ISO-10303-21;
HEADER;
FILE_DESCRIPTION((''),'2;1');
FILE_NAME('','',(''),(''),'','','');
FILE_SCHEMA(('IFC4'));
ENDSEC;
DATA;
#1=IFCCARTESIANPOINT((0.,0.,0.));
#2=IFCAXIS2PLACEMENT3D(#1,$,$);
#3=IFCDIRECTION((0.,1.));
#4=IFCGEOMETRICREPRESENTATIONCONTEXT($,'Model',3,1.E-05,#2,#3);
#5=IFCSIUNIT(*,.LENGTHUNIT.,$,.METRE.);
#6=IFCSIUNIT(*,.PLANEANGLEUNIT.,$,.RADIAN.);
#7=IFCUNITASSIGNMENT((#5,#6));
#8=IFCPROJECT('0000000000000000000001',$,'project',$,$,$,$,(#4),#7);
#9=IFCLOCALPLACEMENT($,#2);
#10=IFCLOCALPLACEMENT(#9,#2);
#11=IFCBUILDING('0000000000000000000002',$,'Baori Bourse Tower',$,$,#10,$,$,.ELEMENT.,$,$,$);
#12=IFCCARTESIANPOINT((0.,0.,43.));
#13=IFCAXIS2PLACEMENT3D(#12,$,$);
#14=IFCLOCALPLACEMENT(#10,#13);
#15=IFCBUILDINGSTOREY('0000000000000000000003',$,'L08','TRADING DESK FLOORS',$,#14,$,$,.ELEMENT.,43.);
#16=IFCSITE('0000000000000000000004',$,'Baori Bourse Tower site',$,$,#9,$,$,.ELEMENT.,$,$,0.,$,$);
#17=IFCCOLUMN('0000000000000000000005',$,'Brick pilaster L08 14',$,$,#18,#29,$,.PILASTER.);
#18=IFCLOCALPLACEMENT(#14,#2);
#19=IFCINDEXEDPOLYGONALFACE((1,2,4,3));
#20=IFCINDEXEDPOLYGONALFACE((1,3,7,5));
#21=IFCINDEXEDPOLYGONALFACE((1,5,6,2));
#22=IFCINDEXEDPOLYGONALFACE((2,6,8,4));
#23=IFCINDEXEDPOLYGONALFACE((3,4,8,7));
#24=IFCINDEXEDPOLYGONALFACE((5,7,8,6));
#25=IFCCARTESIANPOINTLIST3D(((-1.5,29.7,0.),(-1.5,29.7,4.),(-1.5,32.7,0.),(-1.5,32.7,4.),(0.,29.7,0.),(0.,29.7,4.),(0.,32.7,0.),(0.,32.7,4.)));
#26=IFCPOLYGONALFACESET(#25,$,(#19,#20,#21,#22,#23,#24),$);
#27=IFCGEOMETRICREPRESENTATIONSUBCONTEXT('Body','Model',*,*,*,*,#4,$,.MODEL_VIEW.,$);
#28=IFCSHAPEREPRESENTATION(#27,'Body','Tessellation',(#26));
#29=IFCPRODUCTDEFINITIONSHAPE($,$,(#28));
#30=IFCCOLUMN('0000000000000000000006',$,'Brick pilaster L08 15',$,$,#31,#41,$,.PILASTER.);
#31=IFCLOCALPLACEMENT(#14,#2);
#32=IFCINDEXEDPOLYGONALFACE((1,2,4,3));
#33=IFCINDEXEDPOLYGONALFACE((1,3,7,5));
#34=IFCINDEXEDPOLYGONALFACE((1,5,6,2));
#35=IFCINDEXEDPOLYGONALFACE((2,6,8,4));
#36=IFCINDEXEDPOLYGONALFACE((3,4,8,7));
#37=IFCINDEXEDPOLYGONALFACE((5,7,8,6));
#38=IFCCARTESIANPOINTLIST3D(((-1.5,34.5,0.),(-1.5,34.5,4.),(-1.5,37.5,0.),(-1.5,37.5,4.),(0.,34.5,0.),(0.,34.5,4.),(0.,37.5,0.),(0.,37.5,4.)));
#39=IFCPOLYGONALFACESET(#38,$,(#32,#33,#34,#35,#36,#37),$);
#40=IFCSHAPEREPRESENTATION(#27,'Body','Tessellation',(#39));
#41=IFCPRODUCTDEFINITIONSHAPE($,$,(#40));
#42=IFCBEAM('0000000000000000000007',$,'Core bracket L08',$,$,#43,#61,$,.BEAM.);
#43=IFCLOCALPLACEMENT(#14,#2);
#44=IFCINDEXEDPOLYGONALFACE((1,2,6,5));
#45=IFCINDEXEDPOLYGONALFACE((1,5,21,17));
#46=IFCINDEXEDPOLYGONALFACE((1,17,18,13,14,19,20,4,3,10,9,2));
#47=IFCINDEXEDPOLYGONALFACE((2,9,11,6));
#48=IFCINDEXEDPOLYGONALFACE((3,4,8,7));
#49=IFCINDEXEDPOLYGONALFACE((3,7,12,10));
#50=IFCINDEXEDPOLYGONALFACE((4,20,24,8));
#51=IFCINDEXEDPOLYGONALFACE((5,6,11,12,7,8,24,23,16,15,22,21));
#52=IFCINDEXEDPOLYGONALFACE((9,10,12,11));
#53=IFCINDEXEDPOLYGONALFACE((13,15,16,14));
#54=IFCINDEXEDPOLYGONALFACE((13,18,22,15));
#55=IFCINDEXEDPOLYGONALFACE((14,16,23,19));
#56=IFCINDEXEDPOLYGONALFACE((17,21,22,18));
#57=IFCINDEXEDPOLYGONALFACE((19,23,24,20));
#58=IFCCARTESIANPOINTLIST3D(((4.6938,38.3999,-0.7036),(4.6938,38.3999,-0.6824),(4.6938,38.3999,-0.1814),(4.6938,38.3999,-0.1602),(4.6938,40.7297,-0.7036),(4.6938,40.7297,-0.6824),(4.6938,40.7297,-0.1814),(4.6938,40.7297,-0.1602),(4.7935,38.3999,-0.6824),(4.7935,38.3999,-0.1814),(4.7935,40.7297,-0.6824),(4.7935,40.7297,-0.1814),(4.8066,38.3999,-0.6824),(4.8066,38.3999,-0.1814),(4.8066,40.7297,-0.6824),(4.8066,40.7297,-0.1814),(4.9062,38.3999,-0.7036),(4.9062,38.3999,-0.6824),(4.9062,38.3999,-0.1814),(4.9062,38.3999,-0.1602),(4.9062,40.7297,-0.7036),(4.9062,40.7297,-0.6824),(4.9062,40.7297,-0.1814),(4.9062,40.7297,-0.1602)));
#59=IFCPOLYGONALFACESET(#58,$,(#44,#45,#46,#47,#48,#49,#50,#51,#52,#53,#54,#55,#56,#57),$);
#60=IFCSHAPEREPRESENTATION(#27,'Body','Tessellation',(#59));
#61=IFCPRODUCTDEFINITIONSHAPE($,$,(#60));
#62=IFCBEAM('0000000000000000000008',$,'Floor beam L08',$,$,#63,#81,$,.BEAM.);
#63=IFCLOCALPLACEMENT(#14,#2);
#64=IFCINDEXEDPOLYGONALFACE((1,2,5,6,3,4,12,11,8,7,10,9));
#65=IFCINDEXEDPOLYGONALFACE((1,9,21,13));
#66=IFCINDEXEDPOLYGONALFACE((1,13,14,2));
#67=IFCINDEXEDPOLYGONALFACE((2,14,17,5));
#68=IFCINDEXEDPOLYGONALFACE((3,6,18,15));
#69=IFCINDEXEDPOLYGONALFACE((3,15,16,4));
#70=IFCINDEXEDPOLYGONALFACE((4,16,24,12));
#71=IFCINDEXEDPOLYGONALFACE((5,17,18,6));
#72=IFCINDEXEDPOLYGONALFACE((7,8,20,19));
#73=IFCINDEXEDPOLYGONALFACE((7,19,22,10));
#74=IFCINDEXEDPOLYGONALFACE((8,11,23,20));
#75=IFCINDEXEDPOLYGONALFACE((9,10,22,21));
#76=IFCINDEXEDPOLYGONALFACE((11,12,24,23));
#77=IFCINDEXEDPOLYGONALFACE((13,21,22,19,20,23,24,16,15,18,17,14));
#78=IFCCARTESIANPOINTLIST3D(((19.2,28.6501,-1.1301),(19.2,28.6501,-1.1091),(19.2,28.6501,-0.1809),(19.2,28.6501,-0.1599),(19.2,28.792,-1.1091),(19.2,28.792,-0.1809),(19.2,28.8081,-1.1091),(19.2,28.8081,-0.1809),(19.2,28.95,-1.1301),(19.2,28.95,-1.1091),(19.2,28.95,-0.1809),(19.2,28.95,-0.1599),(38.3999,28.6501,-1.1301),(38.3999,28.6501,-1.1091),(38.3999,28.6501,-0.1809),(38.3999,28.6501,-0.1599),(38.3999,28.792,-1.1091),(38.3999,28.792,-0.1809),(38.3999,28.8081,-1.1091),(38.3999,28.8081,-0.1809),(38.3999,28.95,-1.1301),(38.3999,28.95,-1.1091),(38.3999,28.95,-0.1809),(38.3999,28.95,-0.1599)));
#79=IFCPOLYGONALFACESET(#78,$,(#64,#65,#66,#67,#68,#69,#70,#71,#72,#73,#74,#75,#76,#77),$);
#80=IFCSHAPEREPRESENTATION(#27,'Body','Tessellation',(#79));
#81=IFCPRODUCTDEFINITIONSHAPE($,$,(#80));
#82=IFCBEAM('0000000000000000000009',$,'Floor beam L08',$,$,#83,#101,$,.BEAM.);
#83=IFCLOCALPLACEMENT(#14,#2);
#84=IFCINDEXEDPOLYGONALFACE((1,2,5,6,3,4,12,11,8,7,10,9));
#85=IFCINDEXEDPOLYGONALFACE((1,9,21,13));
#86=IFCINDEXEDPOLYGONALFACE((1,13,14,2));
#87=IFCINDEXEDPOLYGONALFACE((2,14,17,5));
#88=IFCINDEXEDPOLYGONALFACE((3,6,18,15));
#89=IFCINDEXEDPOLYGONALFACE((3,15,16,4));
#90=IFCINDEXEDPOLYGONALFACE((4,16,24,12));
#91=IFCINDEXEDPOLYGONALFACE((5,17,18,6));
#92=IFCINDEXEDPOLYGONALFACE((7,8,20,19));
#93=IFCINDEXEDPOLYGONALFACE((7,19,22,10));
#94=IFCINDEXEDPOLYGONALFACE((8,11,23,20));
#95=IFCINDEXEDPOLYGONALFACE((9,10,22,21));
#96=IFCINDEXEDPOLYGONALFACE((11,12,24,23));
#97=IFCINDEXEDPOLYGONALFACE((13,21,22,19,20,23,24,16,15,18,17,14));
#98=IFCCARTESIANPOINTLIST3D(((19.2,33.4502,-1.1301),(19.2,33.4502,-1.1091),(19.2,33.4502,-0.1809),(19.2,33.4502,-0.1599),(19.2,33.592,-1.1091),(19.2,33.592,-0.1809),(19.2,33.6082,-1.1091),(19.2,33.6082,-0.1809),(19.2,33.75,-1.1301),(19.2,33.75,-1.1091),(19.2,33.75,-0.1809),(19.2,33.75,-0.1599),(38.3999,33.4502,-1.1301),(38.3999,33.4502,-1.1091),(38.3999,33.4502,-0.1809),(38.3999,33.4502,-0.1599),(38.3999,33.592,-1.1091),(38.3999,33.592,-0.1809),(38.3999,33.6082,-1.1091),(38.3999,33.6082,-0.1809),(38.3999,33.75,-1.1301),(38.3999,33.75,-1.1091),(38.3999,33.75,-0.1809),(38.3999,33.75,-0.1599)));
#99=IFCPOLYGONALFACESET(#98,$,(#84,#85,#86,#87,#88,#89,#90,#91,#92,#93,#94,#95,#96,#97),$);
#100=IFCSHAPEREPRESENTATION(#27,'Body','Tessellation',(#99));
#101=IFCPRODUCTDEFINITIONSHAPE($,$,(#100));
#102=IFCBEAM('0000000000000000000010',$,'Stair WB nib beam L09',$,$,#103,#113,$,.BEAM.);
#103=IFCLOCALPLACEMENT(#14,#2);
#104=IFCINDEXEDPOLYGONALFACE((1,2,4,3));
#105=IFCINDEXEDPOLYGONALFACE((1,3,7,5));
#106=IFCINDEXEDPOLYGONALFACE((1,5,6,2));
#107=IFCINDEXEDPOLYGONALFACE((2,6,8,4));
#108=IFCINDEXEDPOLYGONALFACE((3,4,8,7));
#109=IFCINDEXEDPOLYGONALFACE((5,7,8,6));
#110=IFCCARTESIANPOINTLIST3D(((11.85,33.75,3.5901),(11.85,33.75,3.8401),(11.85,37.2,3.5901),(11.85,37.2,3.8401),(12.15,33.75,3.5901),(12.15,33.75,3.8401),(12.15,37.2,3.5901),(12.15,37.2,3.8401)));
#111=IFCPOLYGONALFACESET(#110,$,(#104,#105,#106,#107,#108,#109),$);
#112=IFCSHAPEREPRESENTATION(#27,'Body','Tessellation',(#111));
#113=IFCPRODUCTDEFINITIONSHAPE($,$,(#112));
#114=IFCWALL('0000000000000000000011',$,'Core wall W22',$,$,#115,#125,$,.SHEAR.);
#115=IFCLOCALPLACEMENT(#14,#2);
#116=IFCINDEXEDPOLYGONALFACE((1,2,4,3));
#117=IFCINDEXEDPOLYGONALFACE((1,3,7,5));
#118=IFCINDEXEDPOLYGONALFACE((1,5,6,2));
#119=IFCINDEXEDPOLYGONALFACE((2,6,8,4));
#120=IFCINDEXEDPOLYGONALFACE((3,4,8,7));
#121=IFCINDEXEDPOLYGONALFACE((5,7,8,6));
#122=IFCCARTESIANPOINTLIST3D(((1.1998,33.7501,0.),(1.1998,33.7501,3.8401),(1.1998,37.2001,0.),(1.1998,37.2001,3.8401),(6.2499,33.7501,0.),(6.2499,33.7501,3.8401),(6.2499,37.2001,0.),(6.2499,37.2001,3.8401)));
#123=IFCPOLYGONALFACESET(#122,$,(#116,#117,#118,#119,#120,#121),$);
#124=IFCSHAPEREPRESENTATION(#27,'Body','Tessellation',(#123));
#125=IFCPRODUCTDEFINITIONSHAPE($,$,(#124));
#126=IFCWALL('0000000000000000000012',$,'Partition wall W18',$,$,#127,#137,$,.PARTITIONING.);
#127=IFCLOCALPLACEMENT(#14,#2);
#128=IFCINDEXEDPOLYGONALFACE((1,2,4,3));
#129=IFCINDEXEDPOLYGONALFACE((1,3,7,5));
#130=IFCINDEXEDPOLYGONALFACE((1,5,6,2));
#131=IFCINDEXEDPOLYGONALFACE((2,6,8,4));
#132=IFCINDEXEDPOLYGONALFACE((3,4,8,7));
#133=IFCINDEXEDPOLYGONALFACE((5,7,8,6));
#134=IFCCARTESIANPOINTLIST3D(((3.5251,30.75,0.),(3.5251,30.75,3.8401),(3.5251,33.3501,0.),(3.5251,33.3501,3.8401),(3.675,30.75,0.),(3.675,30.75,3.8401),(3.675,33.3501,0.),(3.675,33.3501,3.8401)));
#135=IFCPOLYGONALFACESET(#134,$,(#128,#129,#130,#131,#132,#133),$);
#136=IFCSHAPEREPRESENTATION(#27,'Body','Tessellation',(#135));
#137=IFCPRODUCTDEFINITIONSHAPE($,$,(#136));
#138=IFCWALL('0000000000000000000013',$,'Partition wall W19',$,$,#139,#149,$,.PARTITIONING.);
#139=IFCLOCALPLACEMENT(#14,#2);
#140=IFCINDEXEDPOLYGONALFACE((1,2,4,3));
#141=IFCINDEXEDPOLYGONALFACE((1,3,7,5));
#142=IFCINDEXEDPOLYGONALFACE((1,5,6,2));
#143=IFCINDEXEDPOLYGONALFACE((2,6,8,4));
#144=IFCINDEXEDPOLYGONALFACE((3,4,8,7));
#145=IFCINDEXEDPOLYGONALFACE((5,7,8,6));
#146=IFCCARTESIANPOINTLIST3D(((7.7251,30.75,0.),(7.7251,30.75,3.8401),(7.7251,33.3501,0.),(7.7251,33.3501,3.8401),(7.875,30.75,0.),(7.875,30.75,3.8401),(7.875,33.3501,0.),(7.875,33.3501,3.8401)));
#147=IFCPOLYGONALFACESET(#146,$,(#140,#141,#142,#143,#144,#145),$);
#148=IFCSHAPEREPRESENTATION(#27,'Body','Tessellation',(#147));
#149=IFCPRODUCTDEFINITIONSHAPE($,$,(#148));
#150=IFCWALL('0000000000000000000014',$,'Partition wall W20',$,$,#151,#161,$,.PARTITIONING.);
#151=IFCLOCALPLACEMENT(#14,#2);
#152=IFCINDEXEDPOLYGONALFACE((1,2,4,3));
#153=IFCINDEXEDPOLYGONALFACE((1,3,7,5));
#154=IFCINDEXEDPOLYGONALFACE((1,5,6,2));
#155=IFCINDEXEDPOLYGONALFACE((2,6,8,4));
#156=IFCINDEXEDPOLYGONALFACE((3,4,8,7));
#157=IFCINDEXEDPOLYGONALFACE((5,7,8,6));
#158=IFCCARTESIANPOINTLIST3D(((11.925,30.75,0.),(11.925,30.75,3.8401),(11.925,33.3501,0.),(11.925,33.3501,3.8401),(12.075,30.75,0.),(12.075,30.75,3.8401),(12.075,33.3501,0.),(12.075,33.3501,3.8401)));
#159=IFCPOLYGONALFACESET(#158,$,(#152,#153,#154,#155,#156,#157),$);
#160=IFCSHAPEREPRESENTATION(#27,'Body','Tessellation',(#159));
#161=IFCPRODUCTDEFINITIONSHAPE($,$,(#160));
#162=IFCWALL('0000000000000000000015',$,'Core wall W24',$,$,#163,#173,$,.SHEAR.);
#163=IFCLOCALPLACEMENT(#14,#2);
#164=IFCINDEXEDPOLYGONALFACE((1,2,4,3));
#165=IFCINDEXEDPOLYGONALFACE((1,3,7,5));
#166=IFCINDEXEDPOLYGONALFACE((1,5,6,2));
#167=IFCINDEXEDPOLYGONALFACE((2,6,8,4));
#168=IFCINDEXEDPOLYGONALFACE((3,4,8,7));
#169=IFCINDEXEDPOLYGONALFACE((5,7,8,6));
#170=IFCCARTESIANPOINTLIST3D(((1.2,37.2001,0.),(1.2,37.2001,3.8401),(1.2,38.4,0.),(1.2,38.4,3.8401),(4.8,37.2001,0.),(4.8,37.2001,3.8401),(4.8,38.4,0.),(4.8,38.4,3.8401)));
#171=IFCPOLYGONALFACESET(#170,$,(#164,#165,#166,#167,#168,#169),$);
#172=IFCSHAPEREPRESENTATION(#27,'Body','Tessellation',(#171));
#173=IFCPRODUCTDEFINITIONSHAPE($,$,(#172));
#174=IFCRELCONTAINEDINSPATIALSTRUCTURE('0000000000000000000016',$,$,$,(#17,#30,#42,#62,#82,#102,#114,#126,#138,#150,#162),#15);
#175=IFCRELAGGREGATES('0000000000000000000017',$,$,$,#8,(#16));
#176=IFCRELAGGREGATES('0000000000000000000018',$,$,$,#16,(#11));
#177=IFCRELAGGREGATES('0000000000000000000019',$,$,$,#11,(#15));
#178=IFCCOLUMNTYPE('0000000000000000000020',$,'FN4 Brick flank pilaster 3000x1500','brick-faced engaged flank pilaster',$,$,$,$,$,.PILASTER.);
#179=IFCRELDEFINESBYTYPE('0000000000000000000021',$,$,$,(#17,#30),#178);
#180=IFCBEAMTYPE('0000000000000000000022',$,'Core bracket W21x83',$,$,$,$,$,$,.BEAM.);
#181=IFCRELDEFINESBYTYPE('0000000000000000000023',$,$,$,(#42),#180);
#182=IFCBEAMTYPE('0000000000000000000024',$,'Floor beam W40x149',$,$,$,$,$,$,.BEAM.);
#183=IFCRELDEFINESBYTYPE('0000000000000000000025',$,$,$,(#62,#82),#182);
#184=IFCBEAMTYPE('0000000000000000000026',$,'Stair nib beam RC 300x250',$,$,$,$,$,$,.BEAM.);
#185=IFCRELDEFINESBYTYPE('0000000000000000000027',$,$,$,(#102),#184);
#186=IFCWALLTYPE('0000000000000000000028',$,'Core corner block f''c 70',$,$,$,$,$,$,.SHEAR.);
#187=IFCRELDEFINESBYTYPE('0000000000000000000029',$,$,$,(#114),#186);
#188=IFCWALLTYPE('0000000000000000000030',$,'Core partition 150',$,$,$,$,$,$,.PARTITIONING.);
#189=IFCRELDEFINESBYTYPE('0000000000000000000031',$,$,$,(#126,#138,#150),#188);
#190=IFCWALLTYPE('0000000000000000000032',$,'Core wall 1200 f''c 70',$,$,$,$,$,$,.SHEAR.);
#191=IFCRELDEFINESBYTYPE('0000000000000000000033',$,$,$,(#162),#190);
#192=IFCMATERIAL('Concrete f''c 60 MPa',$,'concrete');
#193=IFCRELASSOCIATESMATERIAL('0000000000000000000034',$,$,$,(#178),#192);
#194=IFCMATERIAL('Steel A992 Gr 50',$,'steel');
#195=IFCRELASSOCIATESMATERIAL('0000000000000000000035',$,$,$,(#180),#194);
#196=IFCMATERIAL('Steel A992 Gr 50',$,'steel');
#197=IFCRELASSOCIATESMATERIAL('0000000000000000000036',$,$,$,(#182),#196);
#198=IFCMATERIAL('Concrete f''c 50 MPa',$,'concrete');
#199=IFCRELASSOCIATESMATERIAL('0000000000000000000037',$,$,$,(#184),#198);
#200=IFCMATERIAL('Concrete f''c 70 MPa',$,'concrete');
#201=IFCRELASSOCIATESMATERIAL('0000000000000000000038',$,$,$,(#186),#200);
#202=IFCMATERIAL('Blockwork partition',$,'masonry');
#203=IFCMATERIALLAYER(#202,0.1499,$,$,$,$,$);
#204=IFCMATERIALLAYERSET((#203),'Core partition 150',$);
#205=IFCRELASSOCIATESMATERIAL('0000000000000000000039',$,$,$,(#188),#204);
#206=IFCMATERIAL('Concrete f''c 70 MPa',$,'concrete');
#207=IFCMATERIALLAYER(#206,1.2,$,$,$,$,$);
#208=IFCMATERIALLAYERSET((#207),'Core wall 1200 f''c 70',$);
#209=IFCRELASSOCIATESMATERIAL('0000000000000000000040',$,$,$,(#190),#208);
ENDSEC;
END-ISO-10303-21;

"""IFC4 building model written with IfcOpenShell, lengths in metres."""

from ifc_helpers import new_model, si_unit, direction, frame, frame_2d, origin, origin_2d, place, context, subcontext, project, spatial, rectangle, i_section, extrude, material, layer, layer_set, material_profile, profile_set, type_object, element, save


model = new_model("IFC4")

# Units and contexts
model_context = context("Model", 3, precision=1e-05, world=origin(), true_north=direction((0.0, 1.0)))
body_context = subcontext(model_context, "Body", "Model", "MODEL_VIEW")
ifc_project = project(units=[si_unit("LENGTHUNIT", "METRE"), si_unit("PLANEANGLEUNIT", "RADIAN")], contexts=[model_context])

# Site, building, storey
site_placement = place(None, origin())
site = spatial("IfcSite", under=ifc_project, at=site_placement, Name="Baori Bourse Tower site", CompositionType="ELEMENT", RefElevation=0.0)
building_placement = place(site_placement, origin())
building = spatial("IfcBuilding", under=site, at=building_placement, Name="Baori Bourse Tower", CompositionType="ELEMENT")
storey_placement = place(building_placement, frame((0.0, 0.0, 43.0)))
storey = spatial("IfcBuildingStorey", under=building, at=storey_placement, Name="L08", Description="TRADING DESK FLOORS", CompositionType="ELEMENT", Elevation=43.0)

# Columns
ifc_material_1 = material(Name="Concrete f'c 60 MPa", Category="concrete")
ifc_material_profile_1 = material_profile(ifc_material_1, rectangle(XDim=3.0, YDim=1.5, at=origin_2d()), Name="RC 3000x1500")
ifc_profile_set_1 = profile_set([ifc_material_profile_1], Name="Concrete f'c 60 MPa")
column_type = type_object("IfcColumnType", Name="FN4 Brick flank pilaster 3000x1500", Description="brick-faced engaged flank pilaster", PredefinedType="PILASTER", material=ifc_profile_set_1)
for number, where, z_axis, x_axis, name in (
    (1, (-0.75, 31.2, 0.0), (0.0, 0.0, 1.0), (0.0, 1.0, 0.0), "Brick pilaster L08 14"),
    (2, (-0.75, 36.0, 0.0), (0.0, 0.0, 1.0), (0.0, 1.0, 0.0), "Brick pilaster L08 15"),
):
    element("IfcColumn", number, at=place(storey_placement, frame(where, z_axis=z_axis, x_axis=x_axis)), inside=storey, type_object=column_type, Name=name, PredefinedType="PILASTER", context=body_context, shape_type="SweptSolid", body=[
        extrude(rectangle(XDim=3.0, YDim=1.5, at=origin_2d()), origin(), (0.0, 0.0, 1.0), 4.0),
    ])

# Beams
ifc_material_2 = material(Name="Steel A992 Gr 50", Category="steel")
ifc_material_profile_2 = material_profile(ifc_material_2, i_section(OverallWidth=0.2124, OverallDepth=0.5435, WebThickness=0.0132, FlangeThickness=0.0212, at=origin_2d()), Name="W21x83")
ifc_profile_set_2 = profile_set([ifc_material_profile_2], Name="Steel A992 Gr 50")
beam_type_1 = type_object("IfcBeamType", Name="Core bracket W21x83", PredefinedType="BEAM", material=ifc_profile_set_2)
beam_1_placement = place(storey_placement, frame((4.8, 38.3999, -0.4319), z_axis=(0.0, 1.0, 0.0), x_axis=(-1.0, 0.0, 0.0)))
element("IfcBeam", 3, at=beam_1_placement, inside=storey, type_object=beam_type_1, Name="Core bracket L08", PredefinedType="BEAM", context=body_context, shape_type="SweptSolid", body=[
    extrude(i_section(OverallWidth=0.2124, OverallDepth=0.5435, WebThickness=0.0132, FlangeThickness=0.0212, at=origin_2d()), origin(), (0.0, 0.0, 1.0), 2.3298),
])
ifc_material_3 = material(Name="Steel A992 Gr 50", Category="steel")
ifc_material_profile_3 = material_profile(ifc_material_3, i_section(OverallWidth=0.2998, OverallDepth=0.9702, WebThickness=0.0161, FlangeThickness=0.021, at=origin_2d()), Name="W40x149")
ifc_profile_set_3 = profile_set([ifc_material_profile_3], Name="Steel A992 Gr 50")
beam_type_2 = type_object("IfcBeamType", Name="Floor beam W40x149", PredefinedType="BEAM", material=ifc_profile_set_3)
for number, where, z_axis, x_axis, name in (
    (4, (19.2, 28.8, -0.645), (1.0, 0.0, 0.0), (0.0, 1.0, 0.0), "Floor beam L08"),
    (5, (19.2, 33.6001, -0.645), (1.0, 0.0, 0.0), (0.0, 1.0, 0.0), "Floor beam L08"),
):
    element("IfcBeam", number, at=place(storey_placement, frame(where, z_axis=z_axis, x_axis=x_axis)), inside=storey, type_object=beam_type_2, Name=name, PredefinedType="BEAM", context=body_context, shape_type="SweptSolid", body=[
        extrude(i_section(OverallWidth=0.2998, OverallDepth=0.9702, WebThickness=0.0161, FlangeThickness=0.021, at=origin_2d()), origin(), (0.0, 0.0, 1.0), 19.2),
    ])
ifc_material_4 = material(Name="Concrete f'c 50 MPa", Category="concrete")
ifc_material_profile_4 = material_profile(ifc_material_4, rectangle(XDim=0.3, YDim=0.25, at=origin_2d()), Name="RC 300x250")
ifc_profile_set_4 = profile_set([ifc_material_profile_4], Name="Concrete f'c 50 MPa")
beam_type_3 = type_object("IfcBeamType", Name="Stair nib beam RC 300x250", PredefinedType="BEAM", material=ifc_profile_set_4)
beam_2_placement = place(storey_placement, frame((12.0, 33.75, 3.7151), z_axis=(0.0, 1.0, 0.0), x_axis=(-1.0, 0.0, 0.0)))
element("IfcBeam", 6, at=beam_2_placement, inside=storey, type_object=beam_type_3, Name="Stair WB nib beam L09", PredefinedType="BEAM", context=body_context, shape_type="SweptSolid", body=[
    extrude(rectangle(XDim=0.3, YDim=0.25, at=origin_2d()), origin(), (0.0, 0.0, 1.0), 3.45),
])

# Walls
ifc_material_5 = material(Name="Concrete f'c 70 MPa", Category="concrete")
wall_type_1 = type_object("IfcWallType", Name="Core corner block f'c 70", PredefinedType="SHEAR", material=ifc_material_5)
wall_1_placement = place(storey_placement, frame((1.2, 35.4751, 0.0), z_axis=(0.0, 0.0, 1.0), x_axis=(1.0, 0.0, 0.0)))
element("IfcWall", 7, at=wall_1_placement, inside=storey, type_object=wall_type_1, Name="Core wall W22", PredefinedType="SHEAR", context=body_context, shape_type="SweptSolid", body=[
    extrude(rectangle(XDim=5.05, YDim=3.45, at=frame_2d((2.5249, 0.0))), origin(), (0.0, 0.0, 1.0), 3.8401),
])
ifc_material_6 = material(Name="Blockwork partition", Category="masonry")
ifc_layer_1 = layer(ifc_material_6, 0.1499)
ifc_layer_set_1 = layer_set([ifc_layer_1], Name="Core partition 150")
wall_type_2 = type_object("IfcWallType", Name="Core partition 150", PredefinedType="PARTITIONING", material=ifc_layer_set_1)
for number, where, z_axis, x_axis, name in (
    (8, (3.6001, 30.75, 0.0), (0.0, 0.0, 1.0), (0.0, 1.0, 0.0), "Partition wall W18"),
    (9, (7.8, 30.75, 0.0), (0.0, 0.0, 1.0), (0.0, 1.0, 0.0), "Partition wall W19"),
    (10, (12.0, 30.75, 0.0), (0.0, 0.0, 1.0), (0.0, 1.0, 0.0), "Partition wall W20"),
):
    element("IfcWall", number, at=place(storey_placement, frame(where, z_axis=z_axis, x_axis=x_axis)), inside=storey, type_object=wall_type_2, Name=name, PredefinedType="PARTITIONING", context=body_context, shape_type="SweptSolid", body=[
        extrude(rectangle(XDim=2.6001, YDim=0.1499, at=frame_2d((1.3, 0.0))), origin(), (0.0, 0.0, 1.0), 3.8401),
    ])
ifc_material_7 = material(Name="Concrete f'c 70 MPa", Category="concrete")
ifc_layer_2 = layer(ifc_material_7, 1.2)
ifc_layer_set_2 = layer_set([ifc_layer_2], Name="Core wall 1200 f'c 70")
wall_type_3 = type_object("IfcWallType", Name="Core wall 1200 f'c 70", PredefinedType="SHEAR", material=ifc_layer_set_2)
wall_2_placement = place(storey_placement, frame((1.2, 37.8, 0.0), z_axis=(0.0, 0.0, 1.0), x_axis=(1.0, 0.0, 0.0)))
element("IfcWall", 11, at=wall_2_placement, inside=storey, type_object=wall_type_3, Name="Core wall W24", PredefinedType="SHEAR", context=body_context, shape_type="SweptSolid", body=[
    extrude(rectangle(XDim=3.6001, YDim=1.2, at=frame_2d((1.8, 0.0))), origin(), (0.0, 0.0, 1.0), 3.8401),
])

save(model, "model.ifc")
